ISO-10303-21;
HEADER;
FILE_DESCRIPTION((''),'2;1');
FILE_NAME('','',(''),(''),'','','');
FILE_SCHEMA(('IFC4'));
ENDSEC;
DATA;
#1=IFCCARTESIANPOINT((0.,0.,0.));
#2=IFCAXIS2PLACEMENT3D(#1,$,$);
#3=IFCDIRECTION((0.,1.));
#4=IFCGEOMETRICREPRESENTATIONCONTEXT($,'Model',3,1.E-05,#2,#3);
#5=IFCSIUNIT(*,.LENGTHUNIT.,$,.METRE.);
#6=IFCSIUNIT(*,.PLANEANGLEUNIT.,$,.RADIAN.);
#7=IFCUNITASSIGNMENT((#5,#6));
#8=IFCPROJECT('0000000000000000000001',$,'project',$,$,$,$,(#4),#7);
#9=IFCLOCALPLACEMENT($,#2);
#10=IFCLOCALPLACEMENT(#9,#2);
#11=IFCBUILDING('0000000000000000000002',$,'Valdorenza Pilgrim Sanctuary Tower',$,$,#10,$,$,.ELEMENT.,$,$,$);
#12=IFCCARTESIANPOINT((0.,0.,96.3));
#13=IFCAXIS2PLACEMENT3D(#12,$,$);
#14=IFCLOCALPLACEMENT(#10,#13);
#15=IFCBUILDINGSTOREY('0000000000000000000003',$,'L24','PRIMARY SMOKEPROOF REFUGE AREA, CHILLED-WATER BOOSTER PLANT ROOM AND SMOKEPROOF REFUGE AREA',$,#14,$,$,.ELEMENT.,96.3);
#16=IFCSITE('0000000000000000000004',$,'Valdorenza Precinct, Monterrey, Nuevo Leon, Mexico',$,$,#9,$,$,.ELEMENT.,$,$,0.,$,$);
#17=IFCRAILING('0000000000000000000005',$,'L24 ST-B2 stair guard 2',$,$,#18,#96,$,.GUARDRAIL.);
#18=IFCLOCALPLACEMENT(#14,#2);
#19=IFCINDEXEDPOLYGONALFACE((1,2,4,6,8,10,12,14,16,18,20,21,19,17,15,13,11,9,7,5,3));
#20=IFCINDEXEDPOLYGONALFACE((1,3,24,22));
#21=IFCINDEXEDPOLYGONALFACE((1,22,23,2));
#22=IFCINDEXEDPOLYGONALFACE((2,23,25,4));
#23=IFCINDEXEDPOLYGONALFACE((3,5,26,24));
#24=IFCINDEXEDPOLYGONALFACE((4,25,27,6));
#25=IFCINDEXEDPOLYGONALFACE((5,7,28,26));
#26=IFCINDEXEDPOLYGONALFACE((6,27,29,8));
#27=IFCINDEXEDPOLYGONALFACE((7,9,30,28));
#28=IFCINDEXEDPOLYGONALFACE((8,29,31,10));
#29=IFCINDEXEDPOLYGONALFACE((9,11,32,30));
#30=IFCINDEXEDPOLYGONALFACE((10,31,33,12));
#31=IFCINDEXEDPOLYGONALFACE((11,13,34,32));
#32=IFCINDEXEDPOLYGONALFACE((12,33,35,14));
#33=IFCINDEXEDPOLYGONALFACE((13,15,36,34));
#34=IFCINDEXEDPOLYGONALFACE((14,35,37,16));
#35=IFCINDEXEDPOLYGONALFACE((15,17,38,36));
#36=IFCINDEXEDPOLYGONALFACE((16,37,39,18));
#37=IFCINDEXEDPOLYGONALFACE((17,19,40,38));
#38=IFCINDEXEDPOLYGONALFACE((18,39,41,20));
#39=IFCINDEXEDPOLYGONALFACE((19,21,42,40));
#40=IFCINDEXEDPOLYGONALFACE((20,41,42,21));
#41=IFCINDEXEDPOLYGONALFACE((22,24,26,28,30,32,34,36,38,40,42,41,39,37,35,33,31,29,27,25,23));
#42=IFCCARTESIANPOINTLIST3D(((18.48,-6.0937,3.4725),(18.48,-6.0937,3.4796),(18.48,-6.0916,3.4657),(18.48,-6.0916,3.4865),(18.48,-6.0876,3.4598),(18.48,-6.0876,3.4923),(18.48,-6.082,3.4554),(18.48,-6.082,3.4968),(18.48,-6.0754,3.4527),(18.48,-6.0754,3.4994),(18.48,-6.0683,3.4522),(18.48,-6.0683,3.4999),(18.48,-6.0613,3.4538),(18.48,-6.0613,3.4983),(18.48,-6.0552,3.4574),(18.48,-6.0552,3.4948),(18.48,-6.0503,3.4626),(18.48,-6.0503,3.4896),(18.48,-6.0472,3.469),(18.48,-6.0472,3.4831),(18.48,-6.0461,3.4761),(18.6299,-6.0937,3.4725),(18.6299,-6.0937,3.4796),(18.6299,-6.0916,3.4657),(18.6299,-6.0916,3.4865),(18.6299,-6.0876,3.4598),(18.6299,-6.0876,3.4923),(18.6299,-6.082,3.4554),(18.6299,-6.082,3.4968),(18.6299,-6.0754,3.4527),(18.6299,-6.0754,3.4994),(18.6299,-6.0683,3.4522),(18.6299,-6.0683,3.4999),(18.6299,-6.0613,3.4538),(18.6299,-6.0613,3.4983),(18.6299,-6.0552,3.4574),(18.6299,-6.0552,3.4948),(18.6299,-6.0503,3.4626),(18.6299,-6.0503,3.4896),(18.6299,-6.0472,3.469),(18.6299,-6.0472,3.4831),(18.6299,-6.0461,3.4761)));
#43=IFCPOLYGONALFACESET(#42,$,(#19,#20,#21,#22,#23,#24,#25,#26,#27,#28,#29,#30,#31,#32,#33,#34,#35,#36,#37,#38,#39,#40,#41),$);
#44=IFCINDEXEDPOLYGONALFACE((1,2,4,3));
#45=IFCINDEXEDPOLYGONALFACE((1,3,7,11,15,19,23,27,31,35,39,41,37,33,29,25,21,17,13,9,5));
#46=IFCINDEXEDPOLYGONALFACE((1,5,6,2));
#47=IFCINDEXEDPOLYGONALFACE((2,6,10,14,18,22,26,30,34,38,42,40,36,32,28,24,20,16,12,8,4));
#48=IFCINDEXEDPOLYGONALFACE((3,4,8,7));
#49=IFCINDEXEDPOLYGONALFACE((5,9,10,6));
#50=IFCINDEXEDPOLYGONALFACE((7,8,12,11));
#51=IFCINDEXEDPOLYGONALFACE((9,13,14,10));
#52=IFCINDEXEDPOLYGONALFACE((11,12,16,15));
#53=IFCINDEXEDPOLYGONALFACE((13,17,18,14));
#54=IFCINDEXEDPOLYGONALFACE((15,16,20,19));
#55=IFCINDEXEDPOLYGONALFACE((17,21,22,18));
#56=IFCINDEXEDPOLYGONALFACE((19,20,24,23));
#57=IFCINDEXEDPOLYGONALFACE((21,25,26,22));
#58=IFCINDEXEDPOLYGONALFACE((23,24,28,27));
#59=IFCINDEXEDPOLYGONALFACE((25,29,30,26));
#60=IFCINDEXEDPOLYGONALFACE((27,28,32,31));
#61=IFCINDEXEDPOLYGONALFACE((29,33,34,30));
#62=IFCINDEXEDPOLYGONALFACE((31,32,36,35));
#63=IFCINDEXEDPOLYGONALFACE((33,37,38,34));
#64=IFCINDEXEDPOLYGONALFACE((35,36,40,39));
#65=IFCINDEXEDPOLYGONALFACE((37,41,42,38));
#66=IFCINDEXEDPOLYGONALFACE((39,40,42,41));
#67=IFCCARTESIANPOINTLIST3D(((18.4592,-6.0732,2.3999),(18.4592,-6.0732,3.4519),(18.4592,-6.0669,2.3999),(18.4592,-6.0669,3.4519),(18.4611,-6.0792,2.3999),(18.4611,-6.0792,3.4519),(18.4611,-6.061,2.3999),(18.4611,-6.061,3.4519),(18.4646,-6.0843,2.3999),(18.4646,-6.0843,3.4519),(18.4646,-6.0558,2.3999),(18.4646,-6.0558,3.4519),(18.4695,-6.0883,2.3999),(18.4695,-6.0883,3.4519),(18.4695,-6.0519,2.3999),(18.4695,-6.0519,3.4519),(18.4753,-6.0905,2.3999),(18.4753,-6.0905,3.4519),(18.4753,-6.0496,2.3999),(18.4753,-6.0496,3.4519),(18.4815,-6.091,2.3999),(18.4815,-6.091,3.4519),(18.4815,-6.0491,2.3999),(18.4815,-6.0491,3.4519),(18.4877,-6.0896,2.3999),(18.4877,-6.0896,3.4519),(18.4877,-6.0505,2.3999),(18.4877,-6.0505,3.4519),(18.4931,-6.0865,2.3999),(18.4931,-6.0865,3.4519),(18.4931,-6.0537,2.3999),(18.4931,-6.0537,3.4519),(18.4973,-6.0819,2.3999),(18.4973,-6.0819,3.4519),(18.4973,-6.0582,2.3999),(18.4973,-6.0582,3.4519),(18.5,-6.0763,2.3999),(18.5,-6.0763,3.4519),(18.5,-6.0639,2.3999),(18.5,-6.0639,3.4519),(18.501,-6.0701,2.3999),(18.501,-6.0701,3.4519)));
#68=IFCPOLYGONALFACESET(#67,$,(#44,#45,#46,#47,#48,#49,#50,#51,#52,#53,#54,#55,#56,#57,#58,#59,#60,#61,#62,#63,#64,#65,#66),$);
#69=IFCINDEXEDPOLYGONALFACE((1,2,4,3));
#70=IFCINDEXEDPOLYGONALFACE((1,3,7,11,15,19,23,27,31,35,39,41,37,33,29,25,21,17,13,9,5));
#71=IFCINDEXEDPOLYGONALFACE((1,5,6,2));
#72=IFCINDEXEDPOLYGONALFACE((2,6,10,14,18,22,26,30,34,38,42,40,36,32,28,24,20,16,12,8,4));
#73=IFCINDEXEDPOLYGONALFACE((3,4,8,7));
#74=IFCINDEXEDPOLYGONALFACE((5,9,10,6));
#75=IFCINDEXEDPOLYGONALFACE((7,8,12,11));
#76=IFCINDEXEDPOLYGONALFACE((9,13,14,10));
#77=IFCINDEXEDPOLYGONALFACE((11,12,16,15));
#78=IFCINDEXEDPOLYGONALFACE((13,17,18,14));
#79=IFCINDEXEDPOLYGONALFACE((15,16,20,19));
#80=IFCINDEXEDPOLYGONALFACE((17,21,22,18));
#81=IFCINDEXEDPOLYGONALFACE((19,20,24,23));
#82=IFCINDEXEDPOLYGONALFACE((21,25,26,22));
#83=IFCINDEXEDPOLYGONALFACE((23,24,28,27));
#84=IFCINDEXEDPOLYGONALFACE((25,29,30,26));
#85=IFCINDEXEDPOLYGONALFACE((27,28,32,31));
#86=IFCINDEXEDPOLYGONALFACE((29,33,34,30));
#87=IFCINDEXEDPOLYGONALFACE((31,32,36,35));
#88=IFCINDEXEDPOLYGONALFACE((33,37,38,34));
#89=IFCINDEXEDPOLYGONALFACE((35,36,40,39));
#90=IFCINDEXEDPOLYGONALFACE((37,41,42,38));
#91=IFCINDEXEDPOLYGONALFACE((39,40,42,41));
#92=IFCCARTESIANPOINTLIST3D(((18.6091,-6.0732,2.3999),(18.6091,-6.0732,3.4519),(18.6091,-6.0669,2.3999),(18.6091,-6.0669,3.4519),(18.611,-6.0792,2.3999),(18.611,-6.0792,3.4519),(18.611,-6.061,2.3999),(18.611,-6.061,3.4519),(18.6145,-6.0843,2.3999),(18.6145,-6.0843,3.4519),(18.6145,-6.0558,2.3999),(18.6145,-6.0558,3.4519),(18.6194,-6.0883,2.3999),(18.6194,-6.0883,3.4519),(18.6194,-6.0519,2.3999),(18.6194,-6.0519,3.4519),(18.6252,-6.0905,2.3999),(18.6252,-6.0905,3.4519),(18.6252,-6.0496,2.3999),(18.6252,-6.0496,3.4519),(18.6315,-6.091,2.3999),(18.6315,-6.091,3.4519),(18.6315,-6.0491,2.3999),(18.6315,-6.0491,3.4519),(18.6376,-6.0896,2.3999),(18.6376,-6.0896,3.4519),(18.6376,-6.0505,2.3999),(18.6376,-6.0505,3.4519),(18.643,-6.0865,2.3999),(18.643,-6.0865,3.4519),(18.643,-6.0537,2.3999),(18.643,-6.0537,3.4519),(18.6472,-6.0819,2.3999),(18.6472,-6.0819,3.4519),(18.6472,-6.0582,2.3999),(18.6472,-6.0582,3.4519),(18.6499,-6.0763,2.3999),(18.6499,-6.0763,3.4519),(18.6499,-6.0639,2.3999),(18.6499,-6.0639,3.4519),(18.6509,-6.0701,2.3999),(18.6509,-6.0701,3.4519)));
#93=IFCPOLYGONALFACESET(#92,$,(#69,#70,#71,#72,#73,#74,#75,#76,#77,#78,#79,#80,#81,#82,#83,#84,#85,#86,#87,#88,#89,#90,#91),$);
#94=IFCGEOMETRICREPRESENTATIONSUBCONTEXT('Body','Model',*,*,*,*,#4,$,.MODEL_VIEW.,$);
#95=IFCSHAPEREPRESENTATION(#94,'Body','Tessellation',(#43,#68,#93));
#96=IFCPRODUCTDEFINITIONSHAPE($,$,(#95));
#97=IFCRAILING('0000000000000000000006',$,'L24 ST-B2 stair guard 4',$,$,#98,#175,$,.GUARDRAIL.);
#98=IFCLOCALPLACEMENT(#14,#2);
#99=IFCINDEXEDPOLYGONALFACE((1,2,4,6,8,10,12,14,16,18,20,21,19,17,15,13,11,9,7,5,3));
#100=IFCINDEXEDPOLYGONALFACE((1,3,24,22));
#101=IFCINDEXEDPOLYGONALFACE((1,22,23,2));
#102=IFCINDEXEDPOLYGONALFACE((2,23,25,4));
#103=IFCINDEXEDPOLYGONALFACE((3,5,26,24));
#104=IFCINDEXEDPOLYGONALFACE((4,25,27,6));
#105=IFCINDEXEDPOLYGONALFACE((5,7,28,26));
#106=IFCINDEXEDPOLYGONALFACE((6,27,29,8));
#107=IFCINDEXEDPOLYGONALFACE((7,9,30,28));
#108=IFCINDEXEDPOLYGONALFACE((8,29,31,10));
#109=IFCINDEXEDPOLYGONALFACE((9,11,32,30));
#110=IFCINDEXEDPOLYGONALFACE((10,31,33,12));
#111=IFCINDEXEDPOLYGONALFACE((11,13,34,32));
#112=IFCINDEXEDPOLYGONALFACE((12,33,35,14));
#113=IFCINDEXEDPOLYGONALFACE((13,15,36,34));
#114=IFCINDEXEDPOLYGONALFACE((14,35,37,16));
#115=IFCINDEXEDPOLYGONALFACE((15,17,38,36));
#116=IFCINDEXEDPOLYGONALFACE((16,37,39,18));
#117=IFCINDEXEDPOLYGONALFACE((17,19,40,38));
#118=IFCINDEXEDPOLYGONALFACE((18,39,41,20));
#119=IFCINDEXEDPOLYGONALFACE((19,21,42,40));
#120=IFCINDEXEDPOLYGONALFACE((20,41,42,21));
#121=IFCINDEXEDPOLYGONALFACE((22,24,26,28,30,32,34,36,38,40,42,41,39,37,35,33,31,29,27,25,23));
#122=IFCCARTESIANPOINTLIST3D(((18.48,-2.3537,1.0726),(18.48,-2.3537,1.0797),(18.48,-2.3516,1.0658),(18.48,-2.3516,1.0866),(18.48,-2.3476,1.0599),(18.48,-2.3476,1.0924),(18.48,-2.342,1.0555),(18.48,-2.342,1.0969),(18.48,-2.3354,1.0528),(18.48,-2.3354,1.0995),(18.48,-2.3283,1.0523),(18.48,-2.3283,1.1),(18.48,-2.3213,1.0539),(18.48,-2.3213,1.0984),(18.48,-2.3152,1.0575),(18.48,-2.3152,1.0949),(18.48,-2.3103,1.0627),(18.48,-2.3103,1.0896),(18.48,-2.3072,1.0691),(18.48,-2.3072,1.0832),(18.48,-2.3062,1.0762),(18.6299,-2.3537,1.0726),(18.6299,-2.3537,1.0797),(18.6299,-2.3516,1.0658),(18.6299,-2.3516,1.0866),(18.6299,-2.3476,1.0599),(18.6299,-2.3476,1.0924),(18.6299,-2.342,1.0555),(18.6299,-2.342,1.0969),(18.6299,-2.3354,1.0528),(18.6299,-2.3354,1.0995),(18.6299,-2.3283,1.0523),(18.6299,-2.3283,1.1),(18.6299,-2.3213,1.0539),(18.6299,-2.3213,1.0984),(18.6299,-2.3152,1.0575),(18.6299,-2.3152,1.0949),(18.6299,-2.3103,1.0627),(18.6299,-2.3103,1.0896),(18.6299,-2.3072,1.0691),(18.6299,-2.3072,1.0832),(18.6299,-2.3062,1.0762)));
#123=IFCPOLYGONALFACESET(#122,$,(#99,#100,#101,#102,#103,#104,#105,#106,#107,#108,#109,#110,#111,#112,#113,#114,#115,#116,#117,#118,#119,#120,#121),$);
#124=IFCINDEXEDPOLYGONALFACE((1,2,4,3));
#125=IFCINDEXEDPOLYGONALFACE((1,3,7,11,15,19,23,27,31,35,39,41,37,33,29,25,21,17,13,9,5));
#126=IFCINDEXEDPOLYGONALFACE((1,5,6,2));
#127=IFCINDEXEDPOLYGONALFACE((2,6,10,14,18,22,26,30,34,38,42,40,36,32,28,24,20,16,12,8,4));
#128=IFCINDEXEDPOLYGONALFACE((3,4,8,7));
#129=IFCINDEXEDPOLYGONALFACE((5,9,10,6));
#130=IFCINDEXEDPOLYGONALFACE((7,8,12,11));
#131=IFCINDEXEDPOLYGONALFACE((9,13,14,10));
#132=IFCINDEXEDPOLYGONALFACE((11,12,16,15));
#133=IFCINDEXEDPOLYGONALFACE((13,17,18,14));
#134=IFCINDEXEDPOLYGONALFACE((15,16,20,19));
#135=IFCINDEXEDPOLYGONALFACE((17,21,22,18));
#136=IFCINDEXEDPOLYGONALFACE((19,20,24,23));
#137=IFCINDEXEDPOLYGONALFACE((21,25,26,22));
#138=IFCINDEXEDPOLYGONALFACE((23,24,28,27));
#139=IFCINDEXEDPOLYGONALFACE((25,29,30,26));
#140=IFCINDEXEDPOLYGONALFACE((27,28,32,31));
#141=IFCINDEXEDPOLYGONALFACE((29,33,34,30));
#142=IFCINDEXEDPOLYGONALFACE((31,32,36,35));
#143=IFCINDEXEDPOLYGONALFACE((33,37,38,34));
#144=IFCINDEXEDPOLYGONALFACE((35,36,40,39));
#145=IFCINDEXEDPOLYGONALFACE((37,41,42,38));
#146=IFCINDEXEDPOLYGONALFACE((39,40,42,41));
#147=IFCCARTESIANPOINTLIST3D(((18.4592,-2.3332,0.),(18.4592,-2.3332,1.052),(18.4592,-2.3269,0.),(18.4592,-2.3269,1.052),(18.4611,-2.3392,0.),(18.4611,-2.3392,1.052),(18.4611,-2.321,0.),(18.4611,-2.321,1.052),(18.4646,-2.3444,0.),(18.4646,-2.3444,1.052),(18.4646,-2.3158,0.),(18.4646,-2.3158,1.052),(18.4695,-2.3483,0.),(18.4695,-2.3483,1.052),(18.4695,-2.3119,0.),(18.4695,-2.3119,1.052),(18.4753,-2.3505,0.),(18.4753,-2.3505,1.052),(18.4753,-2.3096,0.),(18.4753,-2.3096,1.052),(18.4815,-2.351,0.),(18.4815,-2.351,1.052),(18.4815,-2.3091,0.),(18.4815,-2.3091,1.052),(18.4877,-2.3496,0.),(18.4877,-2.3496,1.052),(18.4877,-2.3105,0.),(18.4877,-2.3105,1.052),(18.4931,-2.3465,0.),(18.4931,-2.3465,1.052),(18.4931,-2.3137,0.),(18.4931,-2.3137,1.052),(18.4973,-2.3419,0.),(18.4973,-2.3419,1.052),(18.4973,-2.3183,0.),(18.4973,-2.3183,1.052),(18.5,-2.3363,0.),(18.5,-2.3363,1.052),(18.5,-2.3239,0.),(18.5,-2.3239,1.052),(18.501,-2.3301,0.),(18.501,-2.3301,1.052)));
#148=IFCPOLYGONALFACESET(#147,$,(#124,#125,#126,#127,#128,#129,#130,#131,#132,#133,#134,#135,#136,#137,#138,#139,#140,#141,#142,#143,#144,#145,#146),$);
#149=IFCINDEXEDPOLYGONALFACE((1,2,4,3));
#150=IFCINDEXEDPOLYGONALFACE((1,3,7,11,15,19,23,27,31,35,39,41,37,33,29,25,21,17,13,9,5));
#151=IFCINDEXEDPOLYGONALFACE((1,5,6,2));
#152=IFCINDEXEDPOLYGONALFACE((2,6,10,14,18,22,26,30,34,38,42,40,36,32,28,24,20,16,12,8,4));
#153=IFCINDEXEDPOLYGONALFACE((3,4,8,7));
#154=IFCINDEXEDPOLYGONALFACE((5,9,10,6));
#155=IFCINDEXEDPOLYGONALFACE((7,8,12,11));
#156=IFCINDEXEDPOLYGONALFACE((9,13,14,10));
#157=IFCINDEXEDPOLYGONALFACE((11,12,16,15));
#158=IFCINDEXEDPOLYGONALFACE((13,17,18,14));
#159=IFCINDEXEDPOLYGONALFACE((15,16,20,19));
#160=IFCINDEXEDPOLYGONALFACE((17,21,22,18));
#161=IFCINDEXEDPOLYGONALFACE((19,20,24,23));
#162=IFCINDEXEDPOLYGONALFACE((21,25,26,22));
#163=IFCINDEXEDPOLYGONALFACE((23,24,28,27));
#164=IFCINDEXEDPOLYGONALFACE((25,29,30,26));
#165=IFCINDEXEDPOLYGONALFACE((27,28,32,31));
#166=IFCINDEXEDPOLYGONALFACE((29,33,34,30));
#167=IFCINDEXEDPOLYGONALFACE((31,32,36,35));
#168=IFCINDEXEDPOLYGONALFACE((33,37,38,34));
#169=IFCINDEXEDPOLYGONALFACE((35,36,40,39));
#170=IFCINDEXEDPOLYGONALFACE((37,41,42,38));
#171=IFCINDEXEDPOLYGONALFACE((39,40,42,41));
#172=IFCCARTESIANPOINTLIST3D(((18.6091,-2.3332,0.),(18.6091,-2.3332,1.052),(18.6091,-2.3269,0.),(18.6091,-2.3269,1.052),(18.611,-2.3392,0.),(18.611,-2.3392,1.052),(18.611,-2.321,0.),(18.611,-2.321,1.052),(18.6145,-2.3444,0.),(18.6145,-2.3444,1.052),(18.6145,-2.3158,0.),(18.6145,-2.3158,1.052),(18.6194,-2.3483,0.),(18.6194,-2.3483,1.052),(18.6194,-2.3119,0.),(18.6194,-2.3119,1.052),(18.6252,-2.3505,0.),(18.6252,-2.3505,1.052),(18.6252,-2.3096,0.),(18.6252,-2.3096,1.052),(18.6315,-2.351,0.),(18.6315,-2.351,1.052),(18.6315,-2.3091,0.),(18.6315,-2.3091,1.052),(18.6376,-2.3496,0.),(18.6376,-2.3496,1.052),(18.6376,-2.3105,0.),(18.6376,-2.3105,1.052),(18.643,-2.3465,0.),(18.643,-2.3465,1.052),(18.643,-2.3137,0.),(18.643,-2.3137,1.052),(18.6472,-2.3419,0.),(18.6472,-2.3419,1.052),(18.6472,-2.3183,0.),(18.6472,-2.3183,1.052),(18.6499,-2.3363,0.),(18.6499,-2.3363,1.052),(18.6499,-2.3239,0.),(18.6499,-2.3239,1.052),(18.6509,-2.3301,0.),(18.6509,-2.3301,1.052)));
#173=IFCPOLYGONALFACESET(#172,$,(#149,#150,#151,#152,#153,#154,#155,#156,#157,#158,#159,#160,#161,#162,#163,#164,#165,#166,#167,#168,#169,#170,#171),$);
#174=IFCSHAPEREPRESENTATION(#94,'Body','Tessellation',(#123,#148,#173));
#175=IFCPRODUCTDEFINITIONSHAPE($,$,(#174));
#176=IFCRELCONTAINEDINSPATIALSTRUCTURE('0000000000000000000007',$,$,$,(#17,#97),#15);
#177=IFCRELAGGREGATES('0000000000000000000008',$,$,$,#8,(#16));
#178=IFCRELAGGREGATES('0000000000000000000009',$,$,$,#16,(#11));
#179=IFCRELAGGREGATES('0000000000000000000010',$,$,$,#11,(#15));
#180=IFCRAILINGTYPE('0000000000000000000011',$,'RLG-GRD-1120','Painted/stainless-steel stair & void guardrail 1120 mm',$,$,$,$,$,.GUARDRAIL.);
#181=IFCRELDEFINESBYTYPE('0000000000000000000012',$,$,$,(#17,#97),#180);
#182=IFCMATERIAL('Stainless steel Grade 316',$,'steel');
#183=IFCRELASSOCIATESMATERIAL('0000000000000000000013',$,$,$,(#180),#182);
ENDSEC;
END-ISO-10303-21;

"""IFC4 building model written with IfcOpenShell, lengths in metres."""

from ifc_helpers import new_model, si_unit, direction, frame, origin, origin_2d, place, context, subcontext, project, spatial, circle, extrude, material, type_object, element, save


model = new_model("IFC4")

# Units and contexts
model_context = context("Model", 3, precision=1e-05, world=origin(), true_north=direction((0.0, 1.0)))
body_context = subcontext(model_context, "Body", "Model", "MODEL_VIEW")
ifc_project = project(units=[si_unit("LENGTHUNIT", "METRE"), si_unit("PLANEANGLEUNIT", "RADIAN")], contexts=[model_context])

# Site, building, storey
site_placement = place(None, origin())
site = spatial("IfcSite", under=ifc_project, at=site_placement, Name="Valdorenza Precinct, Monterrey, Nuevo Leon, Mexico", CompositionType="ELEMENT", RefElevation=0.0)
building_placement = place(site_placement, origin())
building = spatial("IfcBuilding", under=site, at=building_placement, Name="Valdorenza Pilgrim Sanctuary Tower", CompositionType="ELEMENT")
storey_placement = place(building_placement, frame((0.0, 0.0, 96.3)))
storey = spatial("IfcBuildingStorey", under=building, at=storey_placement, Name="L24", Description="PRIMARY SMOKEPROOF REFUGE AREA, CHILLED-WATER BOOSTER PLANT ROOM AND SMOKEPROOF REFUGE AREA", CompositionType="ELEMENT", Elevation=96.3)

# Railings
ifc_material_1 = material(Name="Stainless steel Grade 316", Category="steel")
railing_type_1 = type_object("IfcRailingType", Name="RLG-GRD-1120", Description="Painted/stainless-steel stair & void guardrail 1120 mm", PredefinedType="GUARDRAIL", material=ifc_material_1)
for number, where, name in (
    (1, (18.48, -6.0701, 2.3999), "L24 ST-B2 stair guard 2"),
    (2, (18.48, -2.3301, 0.0), "L24 ST-B2 stair guard 4"),
):
    element("IfcRailing", number, at=place(storey_placement, frame(where)), inside=storey, type_object=railing_type_1, Name=name, PredefinedType="GUARDRAIL", context=body_context, shape_type="SweptSolid", body=[
        extrude(circle(Radius=0.0239, at=origin_2d()), frame((0.0, 0.0, 1.0762), z_axis=(1.0, 0.0, 0.0), x_axis=(0.0, 1.0, 0.0)), (0.0, 0.0, 1.0), 0.1499),
        extrude(circle(Radius=0.021, at=origin_2d()), origin(), (0.0, 0.0, 1.0), 1.052),
        extrude(circle(Radius=0.021, at=origin_2d()), frame((0.1499, 0.0, 0.0)), (0.0, 0.0, 1.0), 1.052),
    ])

save(model, "model.ifc")
